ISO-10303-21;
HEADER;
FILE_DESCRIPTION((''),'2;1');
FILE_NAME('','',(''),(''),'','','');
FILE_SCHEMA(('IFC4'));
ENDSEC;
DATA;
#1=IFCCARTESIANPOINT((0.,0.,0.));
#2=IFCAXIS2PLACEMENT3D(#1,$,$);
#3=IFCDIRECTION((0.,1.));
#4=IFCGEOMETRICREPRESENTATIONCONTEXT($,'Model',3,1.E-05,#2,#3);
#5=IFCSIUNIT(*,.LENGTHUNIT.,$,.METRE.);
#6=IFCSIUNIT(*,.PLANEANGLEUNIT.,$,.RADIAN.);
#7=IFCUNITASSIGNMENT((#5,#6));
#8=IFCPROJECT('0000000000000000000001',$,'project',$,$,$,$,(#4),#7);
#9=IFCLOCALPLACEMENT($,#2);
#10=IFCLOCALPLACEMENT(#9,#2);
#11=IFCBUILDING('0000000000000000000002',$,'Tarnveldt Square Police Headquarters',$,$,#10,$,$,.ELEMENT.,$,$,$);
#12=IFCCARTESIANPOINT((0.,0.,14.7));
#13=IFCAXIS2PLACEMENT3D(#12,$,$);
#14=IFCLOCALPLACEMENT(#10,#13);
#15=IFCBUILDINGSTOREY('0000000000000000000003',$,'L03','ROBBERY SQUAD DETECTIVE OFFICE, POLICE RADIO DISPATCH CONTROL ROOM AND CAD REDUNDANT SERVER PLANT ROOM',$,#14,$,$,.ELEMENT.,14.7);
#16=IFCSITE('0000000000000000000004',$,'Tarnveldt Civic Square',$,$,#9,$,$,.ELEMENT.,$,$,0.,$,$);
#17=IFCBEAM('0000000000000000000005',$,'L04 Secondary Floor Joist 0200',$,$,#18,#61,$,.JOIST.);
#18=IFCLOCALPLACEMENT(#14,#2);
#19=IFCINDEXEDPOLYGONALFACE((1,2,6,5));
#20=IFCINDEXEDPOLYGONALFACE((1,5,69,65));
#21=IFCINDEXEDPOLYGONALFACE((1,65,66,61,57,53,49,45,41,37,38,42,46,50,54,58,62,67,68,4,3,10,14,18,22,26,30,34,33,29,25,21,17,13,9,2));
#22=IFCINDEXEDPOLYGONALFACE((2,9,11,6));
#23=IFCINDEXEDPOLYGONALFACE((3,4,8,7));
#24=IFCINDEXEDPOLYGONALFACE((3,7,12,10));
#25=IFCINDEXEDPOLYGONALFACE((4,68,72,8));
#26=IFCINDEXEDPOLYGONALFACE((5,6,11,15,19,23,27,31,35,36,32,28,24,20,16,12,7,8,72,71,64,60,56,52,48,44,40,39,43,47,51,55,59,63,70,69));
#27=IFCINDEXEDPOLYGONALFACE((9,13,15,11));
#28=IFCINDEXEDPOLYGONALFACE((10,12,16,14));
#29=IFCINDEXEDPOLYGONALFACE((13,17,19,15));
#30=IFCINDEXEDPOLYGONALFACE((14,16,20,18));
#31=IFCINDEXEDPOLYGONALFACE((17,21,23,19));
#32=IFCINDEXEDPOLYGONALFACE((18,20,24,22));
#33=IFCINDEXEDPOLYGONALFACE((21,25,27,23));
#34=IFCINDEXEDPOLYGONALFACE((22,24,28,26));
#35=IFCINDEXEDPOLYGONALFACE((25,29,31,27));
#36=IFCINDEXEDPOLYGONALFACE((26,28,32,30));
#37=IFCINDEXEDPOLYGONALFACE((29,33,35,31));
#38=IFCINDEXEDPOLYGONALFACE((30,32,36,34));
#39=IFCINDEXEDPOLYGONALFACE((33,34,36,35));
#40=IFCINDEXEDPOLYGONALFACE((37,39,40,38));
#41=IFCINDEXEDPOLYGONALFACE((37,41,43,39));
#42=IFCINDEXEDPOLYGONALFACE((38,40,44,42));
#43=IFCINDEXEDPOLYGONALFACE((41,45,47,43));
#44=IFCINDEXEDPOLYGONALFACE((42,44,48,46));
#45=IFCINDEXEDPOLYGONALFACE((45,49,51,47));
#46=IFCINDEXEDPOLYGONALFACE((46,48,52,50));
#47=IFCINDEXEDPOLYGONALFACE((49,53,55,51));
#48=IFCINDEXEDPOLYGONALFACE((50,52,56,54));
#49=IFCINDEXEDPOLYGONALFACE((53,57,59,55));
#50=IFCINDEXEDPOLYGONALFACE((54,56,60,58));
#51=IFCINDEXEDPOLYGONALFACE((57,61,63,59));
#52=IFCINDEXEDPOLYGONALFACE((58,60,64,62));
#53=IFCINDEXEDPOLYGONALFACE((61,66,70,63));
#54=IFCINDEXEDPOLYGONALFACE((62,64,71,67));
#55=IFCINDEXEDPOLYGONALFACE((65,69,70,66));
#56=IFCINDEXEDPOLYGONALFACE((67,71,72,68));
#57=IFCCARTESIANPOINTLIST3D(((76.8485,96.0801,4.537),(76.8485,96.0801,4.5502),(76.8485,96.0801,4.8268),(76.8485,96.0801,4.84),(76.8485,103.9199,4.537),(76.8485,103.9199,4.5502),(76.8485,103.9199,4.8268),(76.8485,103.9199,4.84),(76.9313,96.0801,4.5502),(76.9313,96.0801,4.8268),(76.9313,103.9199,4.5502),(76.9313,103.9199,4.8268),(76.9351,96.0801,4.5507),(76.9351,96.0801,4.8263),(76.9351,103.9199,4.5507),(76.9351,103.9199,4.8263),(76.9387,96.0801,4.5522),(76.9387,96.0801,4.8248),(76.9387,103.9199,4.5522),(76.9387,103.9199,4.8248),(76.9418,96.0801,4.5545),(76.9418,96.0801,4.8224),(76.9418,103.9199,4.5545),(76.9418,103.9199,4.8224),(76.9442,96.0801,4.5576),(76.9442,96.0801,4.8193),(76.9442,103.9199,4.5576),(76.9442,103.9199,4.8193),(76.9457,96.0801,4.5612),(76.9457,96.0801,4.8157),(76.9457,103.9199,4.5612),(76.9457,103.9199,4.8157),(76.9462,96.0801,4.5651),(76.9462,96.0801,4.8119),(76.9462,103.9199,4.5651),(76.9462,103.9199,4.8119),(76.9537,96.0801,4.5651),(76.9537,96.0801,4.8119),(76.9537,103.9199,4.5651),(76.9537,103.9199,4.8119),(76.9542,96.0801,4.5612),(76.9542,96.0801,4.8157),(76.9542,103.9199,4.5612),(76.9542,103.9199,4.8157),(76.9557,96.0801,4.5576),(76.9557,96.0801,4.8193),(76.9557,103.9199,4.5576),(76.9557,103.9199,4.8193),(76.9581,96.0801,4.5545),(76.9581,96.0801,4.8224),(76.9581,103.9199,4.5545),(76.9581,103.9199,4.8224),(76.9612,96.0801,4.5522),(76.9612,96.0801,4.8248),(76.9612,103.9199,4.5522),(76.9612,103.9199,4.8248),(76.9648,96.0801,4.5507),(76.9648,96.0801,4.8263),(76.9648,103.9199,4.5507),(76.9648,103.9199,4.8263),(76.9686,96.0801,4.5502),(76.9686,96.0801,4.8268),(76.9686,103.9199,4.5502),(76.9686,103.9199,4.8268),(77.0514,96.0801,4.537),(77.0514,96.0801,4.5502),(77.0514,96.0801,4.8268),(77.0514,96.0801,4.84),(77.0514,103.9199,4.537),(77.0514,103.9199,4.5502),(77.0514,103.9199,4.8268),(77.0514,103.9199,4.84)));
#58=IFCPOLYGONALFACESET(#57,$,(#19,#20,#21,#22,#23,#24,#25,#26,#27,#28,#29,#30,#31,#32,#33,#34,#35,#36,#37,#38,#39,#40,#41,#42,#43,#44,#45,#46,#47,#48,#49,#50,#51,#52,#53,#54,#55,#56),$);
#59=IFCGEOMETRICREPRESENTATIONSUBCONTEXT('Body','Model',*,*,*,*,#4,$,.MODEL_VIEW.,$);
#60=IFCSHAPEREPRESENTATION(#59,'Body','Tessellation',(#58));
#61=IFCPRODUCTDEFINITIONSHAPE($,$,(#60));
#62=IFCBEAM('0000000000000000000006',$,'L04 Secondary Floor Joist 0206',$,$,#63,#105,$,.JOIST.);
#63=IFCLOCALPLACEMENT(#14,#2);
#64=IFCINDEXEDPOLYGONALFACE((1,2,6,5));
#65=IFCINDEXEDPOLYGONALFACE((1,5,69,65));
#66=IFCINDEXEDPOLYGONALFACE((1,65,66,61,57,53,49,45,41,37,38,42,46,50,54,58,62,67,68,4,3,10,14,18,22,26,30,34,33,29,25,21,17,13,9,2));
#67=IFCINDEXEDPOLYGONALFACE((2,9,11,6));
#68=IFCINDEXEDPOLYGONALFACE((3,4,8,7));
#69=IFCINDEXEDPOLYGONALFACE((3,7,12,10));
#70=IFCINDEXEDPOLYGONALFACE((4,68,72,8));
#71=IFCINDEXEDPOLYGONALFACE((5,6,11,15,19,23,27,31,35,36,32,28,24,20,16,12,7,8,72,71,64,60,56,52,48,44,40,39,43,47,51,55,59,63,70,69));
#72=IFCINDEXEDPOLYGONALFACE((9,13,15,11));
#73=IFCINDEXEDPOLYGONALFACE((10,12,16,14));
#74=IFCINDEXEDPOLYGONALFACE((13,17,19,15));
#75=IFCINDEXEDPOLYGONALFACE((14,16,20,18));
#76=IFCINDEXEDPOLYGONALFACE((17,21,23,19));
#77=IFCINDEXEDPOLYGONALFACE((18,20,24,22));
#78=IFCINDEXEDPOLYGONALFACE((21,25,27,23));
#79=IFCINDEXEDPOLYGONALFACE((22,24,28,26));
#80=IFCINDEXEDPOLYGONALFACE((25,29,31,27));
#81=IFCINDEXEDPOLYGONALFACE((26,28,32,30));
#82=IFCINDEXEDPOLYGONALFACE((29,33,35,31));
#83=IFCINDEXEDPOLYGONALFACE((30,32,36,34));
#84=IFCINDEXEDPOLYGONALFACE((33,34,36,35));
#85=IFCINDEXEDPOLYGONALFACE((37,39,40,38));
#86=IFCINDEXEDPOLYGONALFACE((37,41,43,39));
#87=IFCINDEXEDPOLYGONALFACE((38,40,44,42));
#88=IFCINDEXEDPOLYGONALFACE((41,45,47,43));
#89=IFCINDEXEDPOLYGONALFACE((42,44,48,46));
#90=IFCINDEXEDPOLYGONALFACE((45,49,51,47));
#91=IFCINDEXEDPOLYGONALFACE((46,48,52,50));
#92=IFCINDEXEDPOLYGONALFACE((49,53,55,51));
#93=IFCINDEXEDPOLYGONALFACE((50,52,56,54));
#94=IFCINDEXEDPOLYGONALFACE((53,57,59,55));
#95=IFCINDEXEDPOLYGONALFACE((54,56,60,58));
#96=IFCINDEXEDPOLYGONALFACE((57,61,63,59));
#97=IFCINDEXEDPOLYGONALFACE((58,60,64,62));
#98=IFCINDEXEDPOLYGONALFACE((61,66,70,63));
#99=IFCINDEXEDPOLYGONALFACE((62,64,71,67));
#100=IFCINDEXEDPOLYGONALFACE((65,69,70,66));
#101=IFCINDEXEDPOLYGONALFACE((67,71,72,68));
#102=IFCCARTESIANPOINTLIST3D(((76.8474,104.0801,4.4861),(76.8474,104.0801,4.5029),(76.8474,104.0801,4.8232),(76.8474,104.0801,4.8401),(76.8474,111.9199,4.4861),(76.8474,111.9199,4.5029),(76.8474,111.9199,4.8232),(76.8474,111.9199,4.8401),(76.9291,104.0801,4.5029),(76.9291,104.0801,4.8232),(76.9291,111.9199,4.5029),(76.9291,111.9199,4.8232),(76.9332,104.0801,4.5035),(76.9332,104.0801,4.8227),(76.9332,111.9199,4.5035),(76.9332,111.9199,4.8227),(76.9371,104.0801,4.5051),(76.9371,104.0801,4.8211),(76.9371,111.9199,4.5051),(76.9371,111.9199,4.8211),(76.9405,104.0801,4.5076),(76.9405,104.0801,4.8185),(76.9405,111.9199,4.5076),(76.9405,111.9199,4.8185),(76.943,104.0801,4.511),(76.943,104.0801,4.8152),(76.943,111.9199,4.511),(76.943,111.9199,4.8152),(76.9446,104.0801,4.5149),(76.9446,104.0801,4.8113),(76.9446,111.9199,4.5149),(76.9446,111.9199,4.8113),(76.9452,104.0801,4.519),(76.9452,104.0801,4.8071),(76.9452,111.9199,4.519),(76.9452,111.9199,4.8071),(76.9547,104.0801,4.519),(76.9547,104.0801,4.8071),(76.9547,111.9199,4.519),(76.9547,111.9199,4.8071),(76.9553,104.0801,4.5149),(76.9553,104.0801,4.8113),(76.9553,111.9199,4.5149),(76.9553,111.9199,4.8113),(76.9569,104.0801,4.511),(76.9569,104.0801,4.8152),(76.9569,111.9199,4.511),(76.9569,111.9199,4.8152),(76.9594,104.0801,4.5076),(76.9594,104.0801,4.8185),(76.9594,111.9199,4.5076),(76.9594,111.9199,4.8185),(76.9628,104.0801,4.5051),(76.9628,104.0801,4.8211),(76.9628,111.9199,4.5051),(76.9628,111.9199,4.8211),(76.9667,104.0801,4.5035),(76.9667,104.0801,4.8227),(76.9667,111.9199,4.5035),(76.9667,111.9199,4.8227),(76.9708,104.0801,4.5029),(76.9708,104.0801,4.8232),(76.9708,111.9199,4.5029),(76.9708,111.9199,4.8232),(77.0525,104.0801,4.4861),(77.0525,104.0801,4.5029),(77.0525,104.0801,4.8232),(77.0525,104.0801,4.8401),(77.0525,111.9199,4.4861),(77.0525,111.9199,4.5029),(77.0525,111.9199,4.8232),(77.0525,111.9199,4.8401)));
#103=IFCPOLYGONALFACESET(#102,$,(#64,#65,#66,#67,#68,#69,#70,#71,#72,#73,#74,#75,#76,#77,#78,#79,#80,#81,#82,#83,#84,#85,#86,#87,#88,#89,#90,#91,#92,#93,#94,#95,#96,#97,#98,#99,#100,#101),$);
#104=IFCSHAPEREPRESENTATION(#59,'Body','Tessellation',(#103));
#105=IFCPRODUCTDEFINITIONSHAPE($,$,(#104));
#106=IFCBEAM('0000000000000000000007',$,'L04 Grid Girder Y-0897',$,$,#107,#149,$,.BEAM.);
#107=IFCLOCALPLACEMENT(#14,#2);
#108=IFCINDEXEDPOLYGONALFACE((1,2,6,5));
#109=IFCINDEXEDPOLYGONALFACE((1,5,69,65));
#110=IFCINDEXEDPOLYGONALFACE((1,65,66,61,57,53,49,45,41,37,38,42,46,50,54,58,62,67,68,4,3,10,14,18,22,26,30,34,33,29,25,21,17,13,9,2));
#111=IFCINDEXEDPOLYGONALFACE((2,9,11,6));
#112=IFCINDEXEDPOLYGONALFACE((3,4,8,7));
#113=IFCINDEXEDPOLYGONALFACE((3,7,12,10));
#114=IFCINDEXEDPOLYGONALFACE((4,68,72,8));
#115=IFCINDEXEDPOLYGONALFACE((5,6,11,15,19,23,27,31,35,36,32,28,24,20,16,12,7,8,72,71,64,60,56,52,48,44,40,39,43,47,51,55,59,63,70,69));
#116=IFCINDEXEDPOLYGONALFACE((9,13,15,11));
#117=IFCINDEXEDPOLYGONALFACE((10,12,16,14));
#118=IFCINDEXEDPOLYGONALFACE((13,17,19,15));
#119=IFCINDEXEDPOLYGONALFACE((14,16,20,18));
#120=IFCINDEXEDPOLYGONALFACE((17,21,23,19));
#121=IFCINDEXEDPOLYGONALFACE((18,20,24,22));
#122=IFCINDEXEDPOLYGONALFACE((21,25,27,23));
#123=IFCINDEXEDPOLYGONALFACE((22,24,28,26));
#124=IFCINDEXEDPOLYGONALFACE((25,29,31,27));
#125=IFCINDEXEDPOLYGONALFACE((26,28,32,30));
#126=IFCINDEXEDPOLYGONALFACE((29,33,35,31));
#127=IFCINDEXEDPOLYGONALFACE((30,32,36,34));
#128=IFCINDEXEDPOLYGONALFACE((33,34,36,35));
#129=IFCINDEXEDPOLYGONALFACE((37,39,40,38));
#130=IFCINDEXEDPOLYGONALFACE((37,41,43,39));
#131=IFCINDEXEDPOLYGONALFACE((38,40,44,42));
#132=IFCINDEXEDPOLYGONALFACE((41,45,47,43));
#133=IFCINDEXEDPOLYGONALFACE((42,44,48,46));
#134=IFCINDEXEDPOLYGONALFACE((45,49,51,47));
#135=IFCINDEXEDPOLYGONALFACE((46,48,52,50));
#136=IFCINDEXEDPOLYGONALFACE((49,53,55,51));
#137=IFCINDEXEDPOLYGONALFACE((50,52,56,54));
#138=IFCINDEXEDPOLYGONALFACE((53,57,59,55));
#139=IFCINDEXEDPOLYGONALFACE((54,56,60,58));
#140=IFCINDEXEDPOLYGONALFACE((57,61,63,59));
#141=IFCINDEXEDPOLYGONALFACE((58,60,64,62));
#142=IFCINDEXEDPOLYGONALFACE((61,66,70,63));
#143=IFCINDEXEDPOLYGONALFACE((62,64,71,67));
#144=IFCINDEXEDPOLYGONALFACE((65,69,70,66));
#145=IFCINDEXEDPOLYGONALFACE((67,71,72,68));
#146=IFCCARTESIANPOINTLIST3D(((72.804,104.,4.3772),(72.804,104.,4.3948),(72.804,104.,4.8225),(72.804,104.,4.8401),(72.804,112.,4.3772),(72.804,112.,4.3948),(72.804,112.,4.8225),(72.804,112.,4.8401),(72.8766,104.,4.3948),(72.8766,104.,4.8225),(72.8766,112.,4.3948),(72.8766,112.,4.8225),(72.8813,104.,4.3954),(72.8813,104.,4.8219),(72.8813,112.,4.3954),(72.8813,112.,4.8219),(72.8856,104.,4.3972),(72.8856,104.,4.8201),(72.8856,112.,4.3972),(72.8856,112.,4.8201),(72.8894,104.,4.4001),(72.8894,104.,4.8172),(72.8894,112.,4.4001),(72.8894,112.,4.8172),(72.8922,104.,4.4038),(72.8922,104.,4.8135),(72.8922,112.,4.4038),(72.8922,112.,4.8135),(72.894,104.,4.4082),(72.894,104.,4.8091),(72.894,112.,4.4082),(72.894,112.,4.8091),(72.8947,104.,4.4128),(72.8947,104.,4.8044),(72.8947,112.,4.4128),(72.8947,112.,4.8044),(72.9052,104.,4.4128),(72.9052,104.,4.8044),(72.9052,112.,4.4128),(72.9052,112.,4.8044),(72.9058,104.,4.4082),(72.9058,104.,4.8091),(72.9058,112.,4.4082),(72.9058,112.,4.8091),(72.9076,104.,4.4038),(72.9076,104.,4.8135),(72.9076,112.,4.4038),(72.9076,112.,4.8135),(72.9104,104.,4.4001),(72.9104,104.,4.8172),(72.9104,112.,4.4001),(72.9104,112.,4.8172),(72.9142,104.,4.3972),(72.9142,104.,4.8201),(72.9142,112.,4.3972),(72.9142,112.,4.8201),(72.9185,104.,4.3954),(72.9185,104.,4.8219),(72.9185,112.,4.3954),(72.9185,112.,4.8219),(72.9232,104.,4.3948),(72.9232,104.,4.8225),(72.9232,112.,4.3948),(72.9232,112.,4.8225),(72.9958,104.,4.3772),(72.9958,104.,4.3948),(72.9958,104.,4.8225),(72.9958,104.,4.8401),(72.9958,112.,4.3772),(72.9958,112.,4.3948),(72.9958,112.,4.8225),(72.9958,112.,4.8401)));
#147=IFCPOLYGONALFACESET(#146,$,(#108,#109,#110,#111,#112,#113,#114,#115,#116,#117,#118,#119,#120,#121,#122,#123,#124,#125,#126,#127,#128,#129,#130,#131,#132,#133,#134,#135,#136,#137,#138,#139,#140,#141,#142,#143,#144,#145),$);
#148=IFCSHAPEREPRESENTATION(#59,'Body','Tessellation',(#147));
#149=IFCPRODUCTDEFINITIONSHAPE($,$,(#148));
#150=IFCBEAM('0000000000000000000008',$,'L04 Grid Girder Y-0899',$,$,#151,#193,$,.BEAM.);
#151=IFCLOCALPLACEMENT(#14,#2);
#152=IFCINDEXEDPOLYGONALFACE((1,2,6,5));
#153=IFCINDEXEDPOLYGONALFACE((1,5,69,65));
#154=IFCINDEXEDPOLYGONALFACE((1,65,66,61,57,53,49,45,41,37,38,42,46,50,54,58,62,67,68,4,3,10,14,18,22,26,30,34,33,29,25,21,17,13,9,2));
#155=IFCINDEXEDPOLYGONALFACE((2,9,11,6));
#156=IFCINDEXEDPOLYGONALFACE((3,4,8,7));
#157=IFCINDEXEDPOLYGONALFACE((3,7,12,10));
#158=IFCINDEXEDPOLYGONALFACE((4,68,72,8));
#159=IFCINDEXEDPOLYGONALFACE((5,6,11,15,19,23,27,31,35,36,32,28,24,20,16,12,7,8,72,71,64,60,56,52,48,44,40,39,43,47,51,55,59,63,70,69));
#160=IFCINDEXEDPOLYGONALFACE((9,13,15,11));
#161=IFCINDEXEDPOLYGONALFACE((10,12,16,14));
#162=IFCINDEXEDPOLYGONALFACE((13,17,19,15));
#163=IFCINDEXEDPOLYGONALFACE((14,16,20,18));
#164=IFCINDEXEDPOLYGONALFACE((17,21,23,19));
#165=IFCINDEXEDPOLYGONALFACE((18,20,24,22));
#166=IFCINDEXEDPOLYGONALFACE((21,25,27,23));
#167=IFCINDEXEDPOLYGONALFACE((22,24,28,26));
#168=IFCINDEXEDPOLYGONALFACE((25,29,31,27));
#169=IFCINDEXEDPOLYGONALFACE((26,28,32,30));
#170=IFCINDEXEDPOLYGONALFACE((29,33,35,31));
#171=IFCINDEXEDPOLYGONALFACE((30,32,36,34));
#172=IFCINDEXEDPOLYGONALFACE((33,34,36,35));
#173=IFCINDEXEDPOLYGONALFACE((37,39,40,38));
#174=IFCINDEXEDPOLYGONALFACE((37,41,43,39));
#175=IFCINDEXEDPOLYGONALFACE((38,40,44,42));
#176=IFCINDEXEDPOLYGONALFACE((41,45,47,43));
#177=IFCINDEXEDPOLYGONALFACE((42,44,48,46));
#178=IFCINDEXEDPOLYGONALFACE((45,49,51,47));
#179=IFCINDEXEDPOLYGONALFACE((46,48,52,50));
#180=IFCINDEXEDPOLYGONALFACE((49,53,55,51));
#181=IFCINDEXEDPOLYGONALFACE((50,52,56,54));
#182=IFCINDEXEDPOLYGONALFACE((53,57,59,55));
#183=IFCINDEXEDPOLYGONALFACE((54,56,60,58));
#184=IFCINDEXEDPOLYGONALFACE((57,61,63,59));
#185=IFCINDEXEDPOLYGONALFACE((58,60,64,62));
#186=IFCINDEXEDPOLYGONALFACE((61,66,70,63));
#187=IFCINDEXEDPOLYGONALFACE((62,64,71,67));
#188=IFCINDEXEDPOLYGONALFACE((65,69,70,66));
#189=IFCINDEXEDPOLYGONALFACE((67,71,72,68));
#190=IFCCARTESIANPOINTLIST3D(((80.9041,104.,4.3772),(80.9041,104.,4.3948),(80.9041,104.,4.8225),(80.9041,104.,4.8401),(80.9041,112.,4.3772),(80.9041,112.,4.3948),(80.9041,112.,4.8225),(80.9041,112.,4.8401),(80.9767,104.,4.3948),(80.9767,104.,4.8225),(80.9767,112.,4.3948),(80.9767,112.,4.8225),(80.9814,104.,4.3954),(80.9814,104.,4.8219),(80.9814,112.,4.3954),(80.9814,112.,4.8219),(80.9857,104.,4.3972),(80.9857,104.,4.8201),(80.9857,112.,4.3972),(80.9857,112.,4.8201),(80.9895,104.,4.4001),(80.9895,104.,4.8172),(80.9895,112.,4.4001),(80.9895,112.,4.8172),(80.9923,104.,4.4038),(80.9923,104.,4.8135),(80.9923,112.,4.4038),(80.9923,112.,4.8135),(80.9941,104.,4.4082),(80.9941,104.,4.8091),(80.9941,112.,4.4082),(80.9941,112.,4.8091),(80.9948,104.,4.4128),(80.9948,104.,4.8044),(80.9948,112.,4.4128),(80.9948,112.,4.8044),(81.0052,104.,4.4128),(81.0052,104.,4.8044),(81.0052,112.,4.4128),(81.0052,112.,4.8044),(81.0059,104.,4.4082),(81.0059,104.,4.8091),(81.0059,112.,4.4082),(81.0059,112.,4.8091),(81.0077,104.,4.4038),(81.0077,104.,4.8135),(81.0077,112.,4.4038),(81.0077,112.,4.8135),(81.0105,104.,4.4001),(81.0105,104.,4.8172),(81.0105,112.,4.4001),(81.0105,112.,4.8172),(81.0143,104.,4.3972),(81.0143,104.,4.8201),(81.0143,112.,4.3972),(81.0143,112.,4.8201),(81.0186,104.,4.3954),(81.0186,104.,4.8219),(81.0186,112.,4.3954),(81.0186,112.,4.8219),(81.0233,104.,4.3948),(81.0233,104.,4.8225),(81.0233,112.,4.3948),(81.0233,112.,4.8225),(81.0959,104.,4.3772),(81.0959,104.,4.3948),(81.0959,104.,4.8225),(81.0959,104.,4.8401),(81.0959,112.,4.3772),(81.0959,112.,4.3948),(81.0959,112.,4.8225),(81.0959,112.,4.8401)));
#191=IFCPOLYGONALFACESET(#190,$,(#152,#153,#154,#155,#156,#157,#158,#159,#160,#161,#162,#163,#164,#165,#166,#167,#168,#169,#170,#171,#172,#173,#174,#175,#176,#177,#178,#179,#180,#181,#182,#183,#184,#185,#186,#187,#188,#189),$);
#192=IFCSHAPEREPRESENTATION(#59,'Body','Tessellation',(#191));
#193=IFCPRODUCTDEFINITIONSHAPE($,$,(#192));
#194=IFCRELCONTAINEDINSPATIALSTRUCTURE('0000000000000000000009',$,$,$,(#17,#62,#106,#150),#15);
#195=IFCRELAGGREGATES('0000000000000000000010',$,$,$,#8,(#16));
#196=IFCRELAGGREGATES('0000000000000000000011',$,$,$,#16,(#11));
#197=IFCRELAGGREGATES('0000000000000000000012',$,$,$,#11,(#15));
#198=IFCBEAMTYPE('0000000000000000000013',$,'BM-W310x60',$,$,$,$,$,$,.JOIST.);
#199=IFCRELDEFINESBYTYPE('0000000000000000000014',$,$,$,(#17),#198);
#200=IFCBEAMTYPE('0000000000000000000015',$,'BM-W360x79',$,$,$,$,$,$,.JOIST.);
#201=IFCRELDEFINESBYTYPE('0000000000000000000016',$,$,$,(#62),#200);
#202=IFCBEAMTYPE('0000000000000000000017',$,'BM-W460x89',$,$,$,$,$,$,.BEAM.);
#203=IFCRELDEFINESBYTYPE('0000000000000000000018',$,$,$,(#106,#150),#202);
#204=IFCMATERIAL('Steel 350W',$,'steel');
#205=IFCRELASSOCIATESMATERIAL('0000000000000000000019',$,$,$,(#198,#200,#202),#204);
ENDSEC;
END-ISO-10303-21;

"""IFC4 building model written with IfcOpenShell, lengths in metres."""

from ifc_helpers import new_model, si_unit, direction, frame, origin, origin_2d, place, context, subcontext, project, spatial, i_section, extrude, material, material_profile, profile_set, type_object, element, save


model = new_model("IFC4")

# Units and contexts
model_context = context("Model", 3, precision=1e-05, world=origin(), true_north=direction((0.0, 1.0)))
body_context = subcontext(model_context, "Body", "Model", "MODEL_VIEW")
ifc_project = project(units=[si_unit("LENGTHUNIT", "METRE"), si_unit("PLANEANGLEUNIT", "RADIAN")], contexts=[model_context])

# Site, building, storey
site_placement = place(None, origin())
site = spatial("IfcSite", under=ifc_project, at=site_placement, Name="Tarnveldt Civic Square", CompositionType="ELEMENT", RefElevation=0.0)
building_placement = place(site_placement, origin())
building = spatial("IfcBuilding", under=site, at=building_placement, Name="Tarnveldt Square Police Headquarters", CompositionType="ELEMENT")
storey_placement = place(building_placement, frame((0.0, 0.0, 14.7)))
storey = spatial("IfcBuildingStorey", under=building, at=storey_placement, Name="L03", Description="ROBBERY SQUAD DETECTIVE OFFICE, POLICE RADIO DISPATCH CONTROL ROOM AND CAD REDUNDANT SERVER PLANT ROOM", CompositionType="ELEMENT", Elevation=14.7)

# Shared definitions
ifc_material_1 = material(Name="Steel 350W", Category="steel")

# Beams
ifc_material_profile_1 = material_profile(ifc_material_1, i_section(OverallWidth=0.2029, OverallDepth=0.303, WebThickness=0.0076, FlangeThickness=0.0132, FilletRadius=0.0149, at=origin_2d()), Name="W310x60")
ifc_profile_set_1 = profile_set([ifc_material_profile_1], Name="Steel 350W")
beam_type_1 = type_object("IfcBeamType", Name="BM-W310x60", PredefinedType="JOIST", material=ifc_profile_set_1)
beam_1_placement = place(storey_placement, frame((76.95, 96.0801, 4.6885), z_axis=(0.0, 1.0, 0.0), x_axis=(-1.0, 0.0, 0.0)))
element("IfcBeam", 1, at=beam_1_placement, inside=storey, type_object=beam_type_1, Name="L04 Secondary Floor Joist 0200", PredefinedType="JOIST", context=body_context, shape_type="SweptSolid", body=[
    extrude(i_section(OverallWidth=0.2029, OverallDepth=0.303, WebThickness=0.0076, FlangeThickness=0.0132, FilletRadius=0.0149, at=origin_2d()), origin(), (0.0, 0.0, 1.0), 7.8398),
])
ifc_material_profile_2 = material_profile(ifc_material_1, i_section(OverallWidth=0.2051, OverallDepth=0.354, WebThickness=0.0095, FlangeThickness=0.0168, FilletRadius=0.0161, at=origin_2d()), Name="W360x79")
ifc_profile_set_2 = profile_set([ifc_material_profile_2], Name="Steel 350W")
beam_type_2 = type_object("IfcBeamType", Name="BM-W360x79", PredefinedType="JOIST", material=ifc_profile_set_2)
beam_2_placement = place(storey_placement, frame((76.95, 104.0801, 4.6631), z_axis=(0.0, 1.0, 0.0), x_axis=(-1.0, 0.0, 0.0)))
element("IfcBeam", 2, at=beam_2_placement, inside=storey, type_object=beam_type_2, Name="L04 Secondary Floor Joist 0206", PredefinedType="JOIST", context=body_context, shape_type="SweptSolid", body=[
    extrude(i_section(OverallWidth=0.2051, OverallDepth=0.354, WebThickness=0.0095, FlangeThickness=0.0168, FilletRadius=0.0161, at=origin_2d()), origin(), (0.0, 0.0, 1.0), 7.8398),
])
ifc_material_profile_3 = material_profile(ifc_material_1, i_section(OverallWidth=0.1919, OverallDepth=0.4629, WebThickness=0.0105, FlangeThickness=0.0176, FilletRadius=0.0181, at=origin_2d()), Name="W460x89")
ifc_profile_set_3 = profile_set([ifc_material_profile_3], Name="Steel 350W")
beam_type_3 = type_object("IfcBeamType", Name="BM-W460x89", PredefinedType="BEAM", material=ifc_profile_set_3)
for number, where, z_axis, x_axis, name in (
    (3, (72.8999, 104.0, 4.6086), (0.0, 1.0, 0.0), (-1.0, 0.0, 0.0), "L04 Grid Girder Y-0897"),
    (4, (81.0, 104.0, 4.6086), (0.0, 1.0, 0.0), (-1.0, 0.0, 0.0), "L04 Grid Girder Y-0899"),
):
    element("IfcBeam", number, at=place(storey_placement, frame(where, z_axis=z_axis, x_axis=x_axis)), inside=storey, type_object=beam_type_3, Name=name, PredefinedType="BEAM", context=body_context, shape_type="SweptSolid", body=[
        extrude(i_section(OverallWidth=0.1919, OverallDepth=0.4629, WebThickness=0.0105, FlangeThickness=0.0176, FilletRadius=0.0181, at=origin_2d()), origin(), (0.0, 0.0, 1.0), 8.0),
    ])

save(model, "model.ifc")
